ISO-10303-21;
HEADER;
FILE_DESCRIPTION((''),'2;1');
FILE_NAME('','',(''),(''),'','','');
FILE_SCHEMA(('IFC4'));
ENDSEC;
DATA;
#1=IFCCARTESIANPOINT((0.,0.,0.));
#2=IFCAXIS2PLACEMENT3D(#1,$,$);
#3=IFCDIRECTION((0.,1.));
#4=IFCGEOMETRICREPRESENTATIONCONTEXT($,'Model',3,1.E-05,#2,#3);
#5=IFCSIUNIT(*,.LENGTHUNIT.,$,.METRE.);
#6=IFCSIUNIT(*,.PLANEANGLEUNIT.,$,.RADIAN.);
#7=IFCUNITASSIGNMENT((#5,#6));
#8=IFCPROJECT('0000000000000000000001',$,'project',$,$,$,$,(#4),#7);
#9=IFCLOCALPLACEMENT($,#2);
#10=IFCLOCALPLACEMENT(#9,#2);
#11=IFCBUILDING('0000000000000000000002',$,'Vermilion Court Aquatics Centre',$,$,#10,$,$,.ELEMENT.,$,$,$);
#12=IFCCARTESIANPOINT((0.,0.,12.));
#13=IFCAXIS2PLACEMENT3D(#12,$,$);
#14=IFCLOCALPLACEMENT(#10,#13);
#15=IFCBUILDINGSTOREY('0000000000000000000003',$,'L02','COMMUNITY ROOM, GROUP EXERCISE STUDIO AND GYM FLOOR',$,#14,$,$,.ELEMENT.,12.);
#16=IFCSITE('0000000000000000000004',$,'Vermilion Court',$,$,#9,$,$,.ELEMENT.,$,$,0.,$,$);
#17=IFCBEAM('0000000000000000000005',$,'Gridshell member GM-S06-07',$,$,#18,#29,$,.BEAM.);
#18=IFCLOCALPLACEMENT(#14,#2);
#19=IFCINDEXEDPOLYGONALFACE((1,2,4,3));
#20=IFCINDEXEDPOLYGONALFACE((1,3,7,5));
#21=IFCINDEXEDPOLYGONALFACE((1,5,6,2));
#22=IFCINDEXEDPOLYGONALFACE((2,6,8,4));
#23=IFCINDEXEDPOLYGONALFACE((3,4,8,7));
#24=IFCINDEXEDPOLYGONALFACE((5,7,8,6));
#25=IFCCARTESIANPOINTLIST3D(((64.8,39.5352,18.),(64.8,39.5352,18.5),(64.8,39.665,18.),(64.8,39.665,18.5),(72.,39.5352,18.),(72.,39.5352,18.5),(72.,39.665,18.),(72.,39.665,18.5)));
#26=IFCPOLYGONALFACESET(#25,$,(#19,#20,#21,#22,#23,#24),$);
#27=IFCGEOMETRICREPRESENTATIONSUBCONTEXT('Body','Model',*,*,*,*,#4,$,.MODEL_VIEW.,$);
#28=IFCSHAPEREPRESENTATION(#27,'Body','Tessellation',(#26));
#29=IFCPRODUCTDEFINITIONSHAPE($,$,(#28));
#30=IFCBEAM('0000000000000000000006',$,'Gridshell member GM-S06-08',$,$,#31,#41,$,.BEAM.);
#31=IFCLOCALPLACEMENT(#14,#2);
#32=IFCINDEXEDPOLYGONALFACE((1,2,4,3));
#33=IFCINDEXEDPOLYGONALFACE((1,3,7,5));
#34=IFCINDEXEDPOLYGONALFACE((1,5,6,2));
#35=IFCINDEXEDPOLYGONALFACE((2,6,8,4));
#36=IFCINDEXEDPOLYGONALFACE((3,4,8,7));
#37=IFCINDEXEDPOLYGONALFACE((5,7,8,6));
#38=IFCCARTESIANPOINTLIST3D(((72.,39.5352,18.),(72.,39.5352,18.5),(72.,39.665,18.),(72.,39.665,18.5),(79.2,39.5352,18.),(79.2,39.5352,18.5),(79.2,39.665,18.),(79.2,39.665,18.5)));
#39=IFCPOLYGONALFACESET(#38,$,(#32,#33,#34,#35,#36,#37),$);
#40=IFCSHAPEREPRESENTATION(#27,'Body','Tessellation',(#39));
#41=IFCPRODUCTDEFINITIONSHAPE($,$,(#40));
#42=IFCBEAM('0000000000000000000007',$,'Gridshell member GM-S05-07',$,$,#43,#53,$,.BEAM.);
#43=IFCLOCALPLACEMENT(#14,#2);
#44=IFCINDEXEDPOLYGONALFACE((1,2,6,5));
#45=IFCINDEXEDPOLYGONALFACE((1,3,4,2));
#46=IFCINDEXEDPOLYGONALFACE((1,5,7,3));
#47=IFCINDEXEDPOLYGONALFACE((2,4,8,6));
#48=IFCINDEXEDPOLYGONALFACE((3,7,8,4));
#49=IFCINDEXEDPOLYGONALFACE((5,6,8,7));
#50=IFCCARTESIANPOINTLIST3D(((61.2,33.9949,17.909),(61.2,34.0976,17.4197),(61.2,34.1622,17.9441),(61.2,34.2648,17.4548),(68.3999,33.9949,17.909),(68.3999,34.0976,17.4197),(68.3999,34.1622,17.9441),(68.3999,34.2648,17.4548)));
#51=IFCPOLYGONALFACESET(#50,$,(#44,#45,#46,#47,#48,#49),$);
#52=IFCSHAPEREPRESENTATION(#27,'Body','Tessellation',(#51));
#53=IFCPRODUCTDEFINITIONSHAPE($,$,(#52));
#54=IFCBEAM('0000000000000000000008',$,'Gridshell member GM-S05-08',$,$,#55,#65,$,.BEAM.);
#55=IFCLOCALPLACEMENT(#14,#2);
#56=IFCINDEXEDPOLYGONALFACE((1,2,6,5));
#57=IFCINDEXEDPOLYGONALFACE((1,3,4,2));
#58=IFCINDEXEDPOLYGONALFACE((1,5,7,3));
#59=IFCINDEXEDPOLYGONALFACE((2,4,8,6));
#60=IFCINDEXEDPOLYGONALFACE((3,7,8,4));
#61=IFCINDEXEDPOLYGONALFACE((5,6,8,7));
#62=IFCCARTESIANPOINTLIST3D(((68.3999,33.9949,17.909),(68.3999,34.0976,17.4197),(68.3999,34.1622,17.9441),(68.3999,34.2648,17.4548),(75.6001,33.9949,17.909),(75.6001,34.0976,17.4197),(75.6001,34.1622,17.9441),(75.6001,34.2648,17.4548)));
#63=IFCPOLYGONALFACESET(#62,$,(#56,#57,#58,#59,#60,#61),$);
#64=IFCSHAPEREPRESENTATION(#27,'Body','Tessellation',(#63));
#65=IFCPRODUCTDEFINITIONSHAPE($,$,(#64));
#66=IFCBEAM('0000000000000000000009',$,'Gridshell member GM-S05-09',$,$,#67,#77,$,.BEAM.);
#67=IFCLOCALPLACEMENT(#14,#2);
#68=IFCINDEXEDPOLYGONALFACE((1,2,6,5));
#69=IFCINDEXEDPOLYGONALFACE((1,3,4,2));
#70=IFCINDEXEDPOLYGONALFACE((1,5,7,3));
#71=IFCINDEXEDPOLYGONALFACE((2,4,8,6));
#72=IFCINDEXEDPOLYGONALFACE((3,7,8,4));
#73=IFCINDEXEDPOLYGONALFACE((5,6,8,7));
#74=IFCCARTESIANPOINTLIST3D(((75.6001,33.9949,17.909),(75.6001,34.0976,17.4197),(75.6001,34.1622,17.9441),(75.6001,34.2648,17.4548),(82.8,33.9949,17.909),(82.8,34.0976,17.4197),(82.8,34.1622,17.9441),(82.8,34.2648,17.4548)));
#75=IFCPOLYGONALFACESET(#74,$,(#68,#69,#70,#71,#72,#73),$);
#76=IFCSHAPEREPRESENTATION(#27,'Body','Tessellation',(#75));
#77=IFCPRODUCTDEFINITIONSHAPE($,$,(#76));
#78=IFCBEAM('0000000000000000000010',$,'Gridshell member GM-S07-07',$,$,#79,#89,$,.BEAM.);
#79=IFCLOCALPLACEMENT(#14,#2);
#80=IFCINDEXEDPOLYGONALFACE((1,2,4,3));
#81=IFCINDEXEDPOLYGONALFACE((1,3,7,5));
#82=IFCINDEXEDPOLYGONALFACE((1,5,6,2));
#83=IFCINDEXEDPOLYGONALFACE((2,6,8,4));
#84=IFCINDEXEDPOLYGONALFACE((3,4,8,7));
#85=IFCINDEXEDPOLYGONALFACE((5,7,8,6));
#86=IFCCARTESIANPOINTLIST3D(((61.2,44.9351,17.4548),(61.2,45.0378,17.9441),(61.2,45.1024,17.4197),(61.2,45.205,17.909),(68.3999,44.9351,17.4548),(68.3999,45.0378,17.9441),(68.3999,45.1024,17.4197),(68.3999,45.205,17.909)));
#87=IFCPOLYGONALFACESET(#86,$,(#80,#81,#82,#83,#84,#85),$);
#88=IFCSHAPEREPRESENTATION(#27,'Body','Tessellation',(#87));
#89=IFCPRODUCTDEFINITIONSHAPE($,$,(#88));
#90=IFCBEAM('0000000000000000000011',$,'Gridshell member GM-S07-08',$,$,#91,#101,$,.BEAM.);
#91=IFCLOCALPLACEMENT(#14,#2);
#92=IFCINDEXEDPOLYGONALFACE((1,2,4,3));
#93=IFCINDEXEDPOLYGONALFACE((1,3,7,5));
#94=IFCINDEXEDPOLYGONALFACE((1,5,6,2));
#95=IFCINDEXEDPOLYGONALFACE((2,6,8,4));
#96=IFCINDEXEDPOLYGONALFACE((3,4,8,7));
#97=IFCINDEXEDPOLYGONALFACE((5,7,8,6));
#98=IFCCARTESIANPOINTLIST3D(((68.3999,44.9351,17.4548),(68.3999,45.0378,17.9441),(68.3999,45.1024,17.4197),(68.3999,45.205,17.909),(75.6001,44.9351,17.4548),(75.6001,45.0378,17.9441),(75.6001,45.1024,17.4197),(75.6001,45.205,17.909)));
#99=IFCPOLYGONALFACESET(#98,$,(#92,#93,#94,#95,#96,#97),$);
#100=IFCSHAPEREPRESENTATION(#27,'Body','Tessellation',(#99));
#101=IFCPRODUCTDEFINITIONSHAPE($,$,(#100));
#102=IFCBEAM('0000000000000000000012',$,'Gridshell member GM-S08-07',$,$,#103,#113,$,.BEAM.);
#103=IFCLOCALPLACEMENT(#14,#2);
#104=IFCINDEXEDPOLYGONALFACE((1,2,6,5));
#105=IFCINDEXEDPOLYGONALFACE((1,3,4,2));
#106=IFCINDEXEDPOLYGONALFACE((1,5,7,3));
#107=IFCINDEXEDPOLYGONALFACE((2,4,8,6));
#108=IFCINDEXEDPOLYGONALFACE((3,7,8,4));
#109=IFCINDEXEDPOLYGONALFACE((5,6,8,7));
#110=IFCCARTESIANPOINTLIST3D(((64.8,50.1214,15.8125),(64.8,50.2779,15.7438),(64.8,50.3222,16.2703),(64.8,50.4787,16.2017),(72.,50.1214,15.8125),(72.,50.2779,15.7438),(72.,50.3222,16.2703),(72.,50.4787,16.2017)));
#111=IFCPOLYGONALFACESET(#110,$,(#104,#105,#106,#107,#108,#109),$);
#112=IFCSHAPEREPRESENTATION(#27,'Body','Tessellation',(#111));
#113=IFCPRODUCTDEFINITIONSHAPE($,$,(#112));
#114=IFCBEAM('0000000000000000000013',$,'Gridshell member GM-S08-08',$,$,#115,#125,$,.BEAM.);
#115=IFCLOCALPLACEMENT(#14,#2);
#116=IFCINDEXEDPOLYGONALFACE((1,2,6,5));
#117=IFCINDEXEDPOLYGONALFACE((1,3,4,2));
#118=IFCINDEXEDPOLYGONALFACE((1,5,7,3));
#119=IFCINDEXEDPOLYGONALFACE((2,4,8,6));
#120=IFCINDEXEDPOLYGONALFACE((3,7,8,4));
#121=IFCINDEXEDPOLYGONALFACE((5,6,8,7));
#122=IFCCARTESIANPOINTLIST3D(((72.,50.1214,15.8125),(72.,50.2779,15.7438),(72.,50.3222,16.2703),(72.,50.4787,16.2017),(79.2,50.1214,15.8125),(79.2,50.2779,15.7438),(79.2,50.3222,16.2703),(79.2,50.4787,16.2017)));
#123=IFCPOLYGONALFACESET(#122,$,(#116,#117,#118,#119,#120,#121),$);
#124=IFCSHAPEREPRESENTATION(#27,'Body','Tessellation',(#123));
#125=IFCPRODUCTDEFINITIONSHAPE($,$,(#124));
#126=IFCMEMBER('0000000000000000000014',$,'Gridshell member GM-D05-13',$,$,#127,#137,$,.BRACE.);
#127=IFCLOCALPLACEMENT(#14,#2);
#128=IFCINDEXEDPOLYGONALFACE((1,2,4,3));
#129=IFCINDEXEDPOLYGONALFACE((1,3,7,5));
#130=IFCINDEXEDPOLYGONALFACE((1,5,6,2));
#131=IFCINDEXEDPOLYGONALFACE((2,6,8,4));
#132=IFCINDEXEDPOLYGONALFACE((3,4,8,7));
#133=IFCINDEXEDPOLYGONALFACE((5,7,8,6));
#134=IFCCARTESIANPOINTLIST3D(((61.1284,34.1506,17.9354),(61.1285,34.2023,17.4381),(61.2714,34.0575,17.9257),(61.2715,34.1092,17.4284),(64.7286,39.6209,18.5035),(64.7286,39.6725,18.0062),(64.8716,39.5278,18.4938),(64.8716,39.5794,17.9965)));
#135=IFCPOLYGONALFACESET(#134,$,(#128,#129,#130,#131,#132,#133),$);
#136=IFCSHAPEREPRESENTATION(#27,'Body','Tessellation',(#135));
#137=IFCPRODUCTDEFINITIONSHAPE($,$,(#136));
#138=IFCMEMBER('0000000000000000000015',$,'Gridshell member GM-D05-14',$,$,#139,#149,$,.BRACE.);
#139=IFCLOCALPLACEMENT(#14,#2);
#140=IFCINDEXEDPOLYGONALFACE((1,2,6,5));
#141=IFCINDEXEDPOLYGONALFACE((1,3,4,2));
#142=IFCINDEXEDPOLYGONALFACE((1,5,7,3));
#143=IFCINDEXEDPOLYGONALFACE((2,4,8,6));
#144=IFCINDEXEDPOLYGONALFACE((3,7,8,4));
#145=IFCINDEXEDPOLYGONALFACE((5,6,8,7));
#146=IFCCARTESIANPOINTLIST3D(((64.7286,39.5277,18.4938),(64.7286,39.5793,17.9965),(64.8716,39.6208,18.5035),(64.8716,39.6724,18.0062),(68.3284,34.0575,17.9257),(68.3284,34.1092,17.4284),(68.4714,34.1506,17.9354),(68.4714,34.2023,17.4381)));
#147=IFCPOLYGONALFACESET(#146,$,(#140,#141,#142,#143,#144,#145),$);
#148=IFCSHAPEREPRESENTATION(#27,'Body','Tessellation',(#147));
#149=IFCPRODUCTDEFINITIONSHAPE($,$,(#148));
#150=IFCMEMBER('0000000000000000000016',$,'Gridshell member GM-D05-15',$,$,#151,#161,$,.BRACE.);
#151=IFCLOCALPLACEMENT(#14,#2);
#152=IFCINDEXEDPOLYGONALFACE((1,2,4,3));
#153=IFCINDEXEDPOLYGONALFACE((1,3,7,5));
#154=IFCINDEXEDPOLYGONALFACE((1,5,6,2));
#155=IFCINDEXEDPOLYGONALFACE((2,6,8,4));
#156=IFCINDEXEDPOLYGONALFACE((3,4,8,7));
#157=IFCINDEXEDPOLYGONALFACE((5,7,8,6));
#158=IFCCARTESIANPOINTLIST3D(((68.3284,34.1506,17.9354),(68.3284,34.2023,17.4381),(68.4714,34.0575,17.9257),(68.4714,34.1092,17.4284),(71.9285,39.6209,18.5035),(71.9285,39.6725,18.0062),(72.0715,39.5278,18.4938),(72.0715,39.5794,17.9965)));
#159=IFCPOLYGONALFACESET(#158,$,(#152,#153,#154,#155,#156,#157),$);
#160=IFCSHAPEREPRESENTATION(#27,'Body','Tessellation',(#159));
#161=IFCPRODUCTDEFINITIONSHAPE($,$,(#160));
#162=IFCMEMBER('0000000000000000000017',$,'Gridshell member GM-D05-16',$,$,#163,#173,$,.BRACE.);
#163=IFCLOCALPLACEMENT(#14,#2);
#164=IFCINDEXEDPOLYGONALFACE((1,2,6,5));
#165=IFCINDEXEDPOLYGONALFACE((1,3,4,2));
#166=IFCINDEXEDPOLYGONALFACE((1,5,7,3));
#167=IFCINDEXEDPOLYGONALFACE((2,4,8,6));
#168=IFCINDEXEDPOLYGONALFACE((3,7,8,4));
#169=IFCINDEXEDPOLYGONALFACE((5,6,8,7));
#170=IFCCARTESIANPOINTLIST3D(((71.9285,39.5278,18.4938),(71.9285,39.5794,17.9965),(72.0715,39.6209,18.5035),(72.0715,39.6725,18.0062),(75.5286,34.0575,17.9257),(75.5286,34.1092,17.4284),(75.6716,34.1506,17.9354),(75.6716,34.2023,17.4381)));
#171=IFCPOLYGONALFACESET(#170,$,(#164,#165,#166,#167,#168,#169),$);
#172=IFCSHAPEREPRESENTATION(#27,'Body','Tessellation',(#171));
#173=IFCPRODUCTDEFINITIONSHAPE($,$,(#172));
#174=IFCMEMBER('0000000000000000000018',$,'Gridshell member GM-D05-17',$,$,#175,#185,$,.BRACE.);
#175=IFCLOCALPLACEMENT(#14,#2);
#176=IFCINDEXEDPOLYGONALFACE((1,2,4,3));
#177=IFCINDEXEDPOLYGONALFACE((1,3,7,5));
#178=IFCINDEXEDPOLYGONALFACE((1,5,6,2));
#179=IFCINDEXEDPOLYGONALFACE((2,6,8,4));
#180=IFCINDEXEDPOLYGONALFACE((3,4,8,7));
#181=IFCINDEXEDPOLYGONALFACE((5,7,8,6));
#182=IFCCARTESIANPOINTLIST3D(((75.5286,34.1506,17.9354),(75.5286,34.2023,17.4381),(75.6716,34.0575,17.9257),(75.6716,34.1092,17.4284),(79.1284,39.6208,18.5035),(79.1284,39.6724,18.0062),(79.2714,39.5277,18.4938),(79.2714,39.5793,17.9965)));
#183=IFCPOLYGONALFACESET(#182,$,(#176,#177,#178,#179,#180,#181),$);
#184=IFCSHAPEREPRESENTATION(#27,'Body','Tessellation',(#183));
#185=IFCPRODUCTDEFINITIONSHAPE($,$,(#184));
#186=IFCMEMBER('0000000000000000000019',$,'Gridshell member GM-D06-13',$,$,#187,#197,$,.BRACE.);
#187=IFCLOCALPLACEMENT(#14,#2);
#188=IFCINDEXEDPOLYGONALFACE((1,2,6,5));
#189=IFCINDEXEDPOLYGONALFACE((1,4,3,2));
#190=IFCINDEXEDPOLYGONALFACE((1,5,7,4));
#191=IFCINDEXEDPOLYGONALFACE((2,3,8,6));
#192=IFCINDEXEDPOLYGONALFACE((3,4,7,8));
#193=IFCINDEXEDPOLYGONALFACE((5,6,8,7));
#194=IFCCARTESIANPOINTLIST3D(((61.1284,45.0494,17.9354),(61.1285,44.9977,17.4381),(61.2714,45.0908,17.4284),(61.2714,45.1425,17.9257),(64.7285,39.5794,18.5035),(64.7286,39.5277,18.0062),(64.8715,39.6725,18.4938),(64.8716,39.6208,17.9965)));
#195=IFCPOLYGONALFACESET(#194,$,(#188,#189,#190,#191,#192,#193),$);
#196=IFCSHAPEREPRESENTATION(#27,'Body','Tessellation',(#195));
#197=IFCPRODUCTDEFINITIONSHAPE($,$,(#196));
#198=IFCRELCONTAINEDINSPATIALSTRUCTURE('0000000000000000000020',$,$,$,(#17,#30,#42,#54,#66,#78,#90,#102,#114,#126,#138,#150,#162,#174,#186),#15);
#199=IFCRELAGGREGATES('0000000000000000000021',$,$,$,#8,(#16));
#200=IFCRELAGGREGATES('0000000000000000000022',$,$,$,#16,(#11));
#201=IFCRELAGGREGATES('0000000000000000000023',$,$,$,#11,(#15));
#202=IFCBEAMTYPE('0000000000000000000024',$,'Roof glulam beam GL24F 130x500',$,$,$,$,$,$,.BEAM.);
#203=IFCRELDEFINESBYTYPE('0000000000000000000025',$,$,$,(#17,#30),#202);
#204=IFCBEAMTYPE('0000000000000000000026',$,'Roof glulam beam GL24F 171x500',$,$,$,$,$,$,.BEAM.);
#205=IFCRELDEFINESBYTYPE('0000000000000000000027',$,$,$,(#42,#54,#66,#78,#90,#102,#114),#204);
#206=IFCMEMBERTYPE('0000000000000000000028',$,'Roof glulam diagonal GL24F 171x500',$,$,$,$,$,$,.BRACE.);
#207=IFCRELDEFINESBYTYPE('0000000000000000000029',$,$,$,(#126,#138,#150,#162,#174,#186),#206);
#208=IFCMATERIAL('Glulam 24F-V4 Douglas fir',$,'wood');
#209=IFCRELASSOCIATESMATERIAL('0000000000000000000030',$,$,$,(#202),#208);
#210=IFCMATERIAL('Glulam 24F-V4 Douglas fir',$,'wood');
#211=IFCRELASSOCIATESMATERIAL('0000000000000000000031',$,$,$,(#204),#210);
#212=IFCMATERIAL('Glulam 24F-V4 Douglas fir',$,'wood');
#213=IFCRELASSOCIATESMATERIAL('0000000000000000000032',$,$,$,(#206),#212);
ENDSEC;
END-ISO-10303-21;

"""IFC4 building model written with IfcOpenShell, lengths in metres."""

from ifc_helpers import new_model, si_unit, direction, frame, origin, origin_2d, place, context, subcontext, project, spatial, rectangle, extrude, material, material_profile, profile_set, type_object, element, save


model = new_model("IFC4")

# Units and contexts
model_context = context("Model", 3, precision=1e-05, world=origin(), true_north=direction((0.0, 1.0)))
body_context = subcontext(model_context, "Body", "Model", "MODEL_VIEW")
ifc_project = project(units=[si_unit("LENGTHUNIT", "METRE"), si_unit("PLANEANGLEUNIT", "RADIAN")], contexts=[model_context])

# Site, building, storey
site_placement = place(None, origin())
site = spatial("IfcSite", under=ifc_project, at=site_placement, Name="Vermilion Court", CompositionType="ELEMENT", RefElevation=0.0)
building_placement = place(site_placement, origin())
building = spatial("IfcBuilding", under=site, at=building_placement, Name="Vermilion Court Aquatics Centre", CompositionType="ELEMENT")
storey_placement = place(building_placement, frame((0.0, 0.0, 12.0)))
storey = spatial("IfcBuildingStorey", under=building, at=storey_placement, Name="L02", Description="COMMUNITY ROOM, GROUP EXERCISE STUDIO AND GYM FLOOR", CompositionType="ELEMENT", Elevation=12.0)

# Beams
ifc_material_1 = material(Name="Glulam 24F-V4 Douglas fir", Category="wood")
ifc_material_profile_1 = material_profile(ifc_material_1, rectangle(XDim=0.1299, YDim=0.5, at=origin_2d()), Name="GL24F 130x500")
ifc_profile_set_1 = profile_set([ifc_material_profile_1], Name="Glulam 24F-V4 Douglas fir")
beam_type_1 = type_object("IfcBeamType", Name="Roof glulam beam GL24F 130x500", PredefinedType="BEAM", material=ifc_profile_set_1)
for number, where, z_axis, x_axis, name in (
    (1, (64.8, 39.6001, 18.25), (1.0, 0.0, 0.0), (0.0, 1.0, 0.0), "Gridshell member GM-S06-07"),
    (2, (72.0, 39.6001, 18.25), (1.0, 0.0, 0.0), (0.0, 1.0, 0.0), "Gridshell member GM-S06-08"),
):
    element("IfcBeam", number, at=place(storey_placement, frame(where, z_axis=z_axis, x_axis=x_axis)), inside=storey, type_object=beam_type_1, Name=name, PredefinedType="BEAM", context=body_context, shape_type="SweptSolid", body=[
        extrude(rectangle(XDim=0.1299, YDim=0.5, at=origin_2d()), origin(), (0.0, 0.0, 1.0), 7.2),
    ])
ifc_material_2 = material(Name="Glulam 24F-V4 Douglas fir", Category="wood")
ifc_material_profile_2 = material_profile(ifc_material_2, rectangle(XDim=0.1709, YDim=0.5, at=origin_2d()), Name="GL24F 171x500")
ifc_profile_set_2 = profile_set([ifc_material_profile_2], Name="Glulam 24F-V4 Douglas fir")
beam_type_2 = type_object("IfcBeamType", Name="Roof glulam beam GL24F 171x500", PredefinedType="BEAM", material=ifc_profile_set_2)
beam_1_placement = place(storey_placement, frame((61.2, 34.1299, 17.6819), z_axis=(1.0, 0.0, 0.0), x_axis=(0.0, 0.978692, 0.205333)))
element("IfcBeam", 3, at=beam_1_placement, inside=storey, type_object=beam_type_2, Name="Gridshell member GM-S05-07", PredefinedType="BEAM", context=body_context, shape_type="SweptSolid", body=[
    extrude(rectangle(XDim=0.1709, YDim=0.5, at=origin_2d()), origin(), (0.0, 0.0, 1.0), 7.2),
])
beam_2_placement = place(storey_placement, frame((68.3999, 34.1299, 17.6819), z_axis=(1.0, 0.0, 0.0), x_axis=(0.0, 0.978692, 0.205333)))
element("IfcBeam", 4, at=beam_2_placement, inside=storey, type_object=beam_type_2, Name="Gridshell member GM-S05-08", PredefinedType="BEAM", context=body_context, shape_type="SweptSolid", body=[
    extrude(rectangle(XDim=0.1709, YDim=0.5, at=origin_2d()), origin(), (0.0, 0.0, 1.0), 7.2002),
])
for number, where, z_axis, x_axis, name in (
    (5, (75.6001, 34.1299, 17.6819), (1.0, 0.0, 0.0), (0.0, 0.978692, 0.205333), "Gridshell member GM-S05-09"),
    (6, (61.2, 45.0701, 17.6819), (1.0, 0.0, 0.0), (0.0, 0.978692, -0.205333), "Gridshell member GM-S07-07"),
):
    element("IfcBeam", number, at=place(storey_placement, frame(where, z_axis=z_axis, x_axis=x_axis)), inside=storey, type_object=beam_type_2, Name=name, PredefinedType="BEAM", context=body_context, shape_type="SweptSolid", body=[
        extrude(rectangle(XDim=0.1709, YDim=0.5, at=origin_2d()), origin(), (0.0, 0.0, 1.0), 7.2),
    ])
beam_3_placement = place(storey_placement, frame((68.3999, 45.0701, 17.6819), z_axis=(1.0, 0.0, 0.0), x_axis=(0.0, 0.978692, -0.205333)))
element("IfcBeam", 7, at=beam_3_placement, inside=storey, type_object=beam_type_2, Name="Gridshell member GM-S07-08", PredefinedType="BEAM", context=body_context, shape_type="SweptSolid", body=[
    extrude(rectangle(XDim=0.1709, YDim=0.5, at=origin_2d()), origin(), (0.0, 0.0, 1.0), 7.2002),
])
for number, where, z_axis, x_axis, name in (
    (8, (64.8, 50.3, 16.0071), (1.0, 0.0, 0.0), (0.0, 0.915794, -0.401648), "Gridshell member GM-S08-07"),
    (9, (72.0, 50.3, 16.0071), (1.0, 0.0, 0.0), (0.0, 0.915794, -0.401648), "Gridshell member GM-S08-08"),
):
    element("IfcBeam", number, at=place(storey_placement, frame(where, z_axis=z_axis, x_axis=x_axis)), inside=storey, type_object=beam_type_2, Name=name, PredefinedType="BEAM", context=body_context, shape_type="SweptSolid", body=[
        extrude(rectangle(XDim=0.1709, YDim=0.5, at=origin_2d()), origin(), (0.0, 0.0, 1.0), 7.2),
    ])

# Members
ifc_material_3 = material(Name="Glulam 24F-V4 Douglas fir", Category="wood")
ifc_material_profile_3 = material_profile(ifc_material_3, rectangle(XDim=0.1709, YDim=0.5, at=origin_2d()), Name="GL24F 171x500")
ifc_profile_set_3 = profile_set([ifc_material_profile_3], Name="Glulam 24F-V4 Douglas fir")
member_type_1 = type_object("IfcMemberType", Name="Roof glulam diagonal GL24F 171x500", PredefinedType="BRACE", material=ifc_profile_set_3)
member_1_placement = place(storey_placement, frame((61.2, 34.1299, 17.6819), z_axis=(0.547695, 0.832202, 0.086429), x_axis=(-0.836678, 0.54477, 0.056532)))
element("IfcMember", 10, at=member_1_placement, inside=storey, type_object=member_type_1, Name="Gridshell member GM-D05-13", PredefinedType="BRACE", context=body_context, shape_type="SweptSolid", body=[
    extrude(rectangle(XDim=0.1709, YDim=0.5, at=origin_2d()), origin(), (0.0, 0.0, 1.0), 6.5732),
])
member_2_placement = place(storey_placement, frame((68.3999, 34.1299, 17.6819), z_axis=(-0.547669, 0.832219, 0.086431), x_axis=(-0.836695, -0.544743, -0.056532)))
element("IfcMember", 11, at=member_2_placement, inside=storey, type_object=member_type_1, Name="Gridshell member GM-D05-14", PredefinedType="BRACE", context=body_context, shape_type="SweptSolid", body=[
    extrude(rectangle(XDim=0.1709, YDim=0.5, at=origin_2d()), origin(), (0.0, 0.0, 1.0), 6.573),
])
for number, where, z_axis, x_axis, name in (
    (12, (68.3999, 34.1299, 17.6819), (0.547695, 0.832202, 0.086429), (-0.836678, 0.54477, 0.056532), "Gridshell member GM-D05-15"),
    (13, (75.6001, 34.1299, 17.6819), (-0.547695, 0.832202, 0.086429), (-0.836678, -0.54477, -0.056532), "Gridshell member GM-D05-16"),
):
    element("IfcMember", number, at=place(storey_placement, frame(where, z_axis=z_axis, x_axis=x_axis)), inside=storey, type_object=member_type_1, Name=name, PredefinedType="BRACE", context=body_context, shape_type="SweptSolid", body=[
        extrude(rectangle(XDim=0.1709, YDim=0.5, at=origin_2d()), origin(), (0.0, 0.0, 1.0), 6.5732),
    ])
for number, where, z_axis, x_axis, name in (
    (14, (75.6001, 34.1299, 17.6819), (0.547669, 0.832219, 0.086431), (-0.836695, 0.544743, 0.056532), "Gridshell member GM-D05-17"),
    (15, (64.8, 39.6001, 18.25), (-0.547712, 0.832191, -0.086432), (-0.836667, -0.544787, 0.056532), "Gridshell member GM-D06-13"),
):
    element("IfcMember", number, at=place(storey_placement, frame(where, z_axis=z_axis, x_axis=x_axis)), inside=storey, type_object=member_type_1, Name=name, PredefinedType="BRACE", context=body_context, shape_type="SweptSolid", body=[
        extrude(rectangle(XDim=0.1709, YDim=0.5, at=origin_2d()), origin(), (0.0, 0.0, 1.0), 6.573),
    ])

save(model, "model.ifc")
